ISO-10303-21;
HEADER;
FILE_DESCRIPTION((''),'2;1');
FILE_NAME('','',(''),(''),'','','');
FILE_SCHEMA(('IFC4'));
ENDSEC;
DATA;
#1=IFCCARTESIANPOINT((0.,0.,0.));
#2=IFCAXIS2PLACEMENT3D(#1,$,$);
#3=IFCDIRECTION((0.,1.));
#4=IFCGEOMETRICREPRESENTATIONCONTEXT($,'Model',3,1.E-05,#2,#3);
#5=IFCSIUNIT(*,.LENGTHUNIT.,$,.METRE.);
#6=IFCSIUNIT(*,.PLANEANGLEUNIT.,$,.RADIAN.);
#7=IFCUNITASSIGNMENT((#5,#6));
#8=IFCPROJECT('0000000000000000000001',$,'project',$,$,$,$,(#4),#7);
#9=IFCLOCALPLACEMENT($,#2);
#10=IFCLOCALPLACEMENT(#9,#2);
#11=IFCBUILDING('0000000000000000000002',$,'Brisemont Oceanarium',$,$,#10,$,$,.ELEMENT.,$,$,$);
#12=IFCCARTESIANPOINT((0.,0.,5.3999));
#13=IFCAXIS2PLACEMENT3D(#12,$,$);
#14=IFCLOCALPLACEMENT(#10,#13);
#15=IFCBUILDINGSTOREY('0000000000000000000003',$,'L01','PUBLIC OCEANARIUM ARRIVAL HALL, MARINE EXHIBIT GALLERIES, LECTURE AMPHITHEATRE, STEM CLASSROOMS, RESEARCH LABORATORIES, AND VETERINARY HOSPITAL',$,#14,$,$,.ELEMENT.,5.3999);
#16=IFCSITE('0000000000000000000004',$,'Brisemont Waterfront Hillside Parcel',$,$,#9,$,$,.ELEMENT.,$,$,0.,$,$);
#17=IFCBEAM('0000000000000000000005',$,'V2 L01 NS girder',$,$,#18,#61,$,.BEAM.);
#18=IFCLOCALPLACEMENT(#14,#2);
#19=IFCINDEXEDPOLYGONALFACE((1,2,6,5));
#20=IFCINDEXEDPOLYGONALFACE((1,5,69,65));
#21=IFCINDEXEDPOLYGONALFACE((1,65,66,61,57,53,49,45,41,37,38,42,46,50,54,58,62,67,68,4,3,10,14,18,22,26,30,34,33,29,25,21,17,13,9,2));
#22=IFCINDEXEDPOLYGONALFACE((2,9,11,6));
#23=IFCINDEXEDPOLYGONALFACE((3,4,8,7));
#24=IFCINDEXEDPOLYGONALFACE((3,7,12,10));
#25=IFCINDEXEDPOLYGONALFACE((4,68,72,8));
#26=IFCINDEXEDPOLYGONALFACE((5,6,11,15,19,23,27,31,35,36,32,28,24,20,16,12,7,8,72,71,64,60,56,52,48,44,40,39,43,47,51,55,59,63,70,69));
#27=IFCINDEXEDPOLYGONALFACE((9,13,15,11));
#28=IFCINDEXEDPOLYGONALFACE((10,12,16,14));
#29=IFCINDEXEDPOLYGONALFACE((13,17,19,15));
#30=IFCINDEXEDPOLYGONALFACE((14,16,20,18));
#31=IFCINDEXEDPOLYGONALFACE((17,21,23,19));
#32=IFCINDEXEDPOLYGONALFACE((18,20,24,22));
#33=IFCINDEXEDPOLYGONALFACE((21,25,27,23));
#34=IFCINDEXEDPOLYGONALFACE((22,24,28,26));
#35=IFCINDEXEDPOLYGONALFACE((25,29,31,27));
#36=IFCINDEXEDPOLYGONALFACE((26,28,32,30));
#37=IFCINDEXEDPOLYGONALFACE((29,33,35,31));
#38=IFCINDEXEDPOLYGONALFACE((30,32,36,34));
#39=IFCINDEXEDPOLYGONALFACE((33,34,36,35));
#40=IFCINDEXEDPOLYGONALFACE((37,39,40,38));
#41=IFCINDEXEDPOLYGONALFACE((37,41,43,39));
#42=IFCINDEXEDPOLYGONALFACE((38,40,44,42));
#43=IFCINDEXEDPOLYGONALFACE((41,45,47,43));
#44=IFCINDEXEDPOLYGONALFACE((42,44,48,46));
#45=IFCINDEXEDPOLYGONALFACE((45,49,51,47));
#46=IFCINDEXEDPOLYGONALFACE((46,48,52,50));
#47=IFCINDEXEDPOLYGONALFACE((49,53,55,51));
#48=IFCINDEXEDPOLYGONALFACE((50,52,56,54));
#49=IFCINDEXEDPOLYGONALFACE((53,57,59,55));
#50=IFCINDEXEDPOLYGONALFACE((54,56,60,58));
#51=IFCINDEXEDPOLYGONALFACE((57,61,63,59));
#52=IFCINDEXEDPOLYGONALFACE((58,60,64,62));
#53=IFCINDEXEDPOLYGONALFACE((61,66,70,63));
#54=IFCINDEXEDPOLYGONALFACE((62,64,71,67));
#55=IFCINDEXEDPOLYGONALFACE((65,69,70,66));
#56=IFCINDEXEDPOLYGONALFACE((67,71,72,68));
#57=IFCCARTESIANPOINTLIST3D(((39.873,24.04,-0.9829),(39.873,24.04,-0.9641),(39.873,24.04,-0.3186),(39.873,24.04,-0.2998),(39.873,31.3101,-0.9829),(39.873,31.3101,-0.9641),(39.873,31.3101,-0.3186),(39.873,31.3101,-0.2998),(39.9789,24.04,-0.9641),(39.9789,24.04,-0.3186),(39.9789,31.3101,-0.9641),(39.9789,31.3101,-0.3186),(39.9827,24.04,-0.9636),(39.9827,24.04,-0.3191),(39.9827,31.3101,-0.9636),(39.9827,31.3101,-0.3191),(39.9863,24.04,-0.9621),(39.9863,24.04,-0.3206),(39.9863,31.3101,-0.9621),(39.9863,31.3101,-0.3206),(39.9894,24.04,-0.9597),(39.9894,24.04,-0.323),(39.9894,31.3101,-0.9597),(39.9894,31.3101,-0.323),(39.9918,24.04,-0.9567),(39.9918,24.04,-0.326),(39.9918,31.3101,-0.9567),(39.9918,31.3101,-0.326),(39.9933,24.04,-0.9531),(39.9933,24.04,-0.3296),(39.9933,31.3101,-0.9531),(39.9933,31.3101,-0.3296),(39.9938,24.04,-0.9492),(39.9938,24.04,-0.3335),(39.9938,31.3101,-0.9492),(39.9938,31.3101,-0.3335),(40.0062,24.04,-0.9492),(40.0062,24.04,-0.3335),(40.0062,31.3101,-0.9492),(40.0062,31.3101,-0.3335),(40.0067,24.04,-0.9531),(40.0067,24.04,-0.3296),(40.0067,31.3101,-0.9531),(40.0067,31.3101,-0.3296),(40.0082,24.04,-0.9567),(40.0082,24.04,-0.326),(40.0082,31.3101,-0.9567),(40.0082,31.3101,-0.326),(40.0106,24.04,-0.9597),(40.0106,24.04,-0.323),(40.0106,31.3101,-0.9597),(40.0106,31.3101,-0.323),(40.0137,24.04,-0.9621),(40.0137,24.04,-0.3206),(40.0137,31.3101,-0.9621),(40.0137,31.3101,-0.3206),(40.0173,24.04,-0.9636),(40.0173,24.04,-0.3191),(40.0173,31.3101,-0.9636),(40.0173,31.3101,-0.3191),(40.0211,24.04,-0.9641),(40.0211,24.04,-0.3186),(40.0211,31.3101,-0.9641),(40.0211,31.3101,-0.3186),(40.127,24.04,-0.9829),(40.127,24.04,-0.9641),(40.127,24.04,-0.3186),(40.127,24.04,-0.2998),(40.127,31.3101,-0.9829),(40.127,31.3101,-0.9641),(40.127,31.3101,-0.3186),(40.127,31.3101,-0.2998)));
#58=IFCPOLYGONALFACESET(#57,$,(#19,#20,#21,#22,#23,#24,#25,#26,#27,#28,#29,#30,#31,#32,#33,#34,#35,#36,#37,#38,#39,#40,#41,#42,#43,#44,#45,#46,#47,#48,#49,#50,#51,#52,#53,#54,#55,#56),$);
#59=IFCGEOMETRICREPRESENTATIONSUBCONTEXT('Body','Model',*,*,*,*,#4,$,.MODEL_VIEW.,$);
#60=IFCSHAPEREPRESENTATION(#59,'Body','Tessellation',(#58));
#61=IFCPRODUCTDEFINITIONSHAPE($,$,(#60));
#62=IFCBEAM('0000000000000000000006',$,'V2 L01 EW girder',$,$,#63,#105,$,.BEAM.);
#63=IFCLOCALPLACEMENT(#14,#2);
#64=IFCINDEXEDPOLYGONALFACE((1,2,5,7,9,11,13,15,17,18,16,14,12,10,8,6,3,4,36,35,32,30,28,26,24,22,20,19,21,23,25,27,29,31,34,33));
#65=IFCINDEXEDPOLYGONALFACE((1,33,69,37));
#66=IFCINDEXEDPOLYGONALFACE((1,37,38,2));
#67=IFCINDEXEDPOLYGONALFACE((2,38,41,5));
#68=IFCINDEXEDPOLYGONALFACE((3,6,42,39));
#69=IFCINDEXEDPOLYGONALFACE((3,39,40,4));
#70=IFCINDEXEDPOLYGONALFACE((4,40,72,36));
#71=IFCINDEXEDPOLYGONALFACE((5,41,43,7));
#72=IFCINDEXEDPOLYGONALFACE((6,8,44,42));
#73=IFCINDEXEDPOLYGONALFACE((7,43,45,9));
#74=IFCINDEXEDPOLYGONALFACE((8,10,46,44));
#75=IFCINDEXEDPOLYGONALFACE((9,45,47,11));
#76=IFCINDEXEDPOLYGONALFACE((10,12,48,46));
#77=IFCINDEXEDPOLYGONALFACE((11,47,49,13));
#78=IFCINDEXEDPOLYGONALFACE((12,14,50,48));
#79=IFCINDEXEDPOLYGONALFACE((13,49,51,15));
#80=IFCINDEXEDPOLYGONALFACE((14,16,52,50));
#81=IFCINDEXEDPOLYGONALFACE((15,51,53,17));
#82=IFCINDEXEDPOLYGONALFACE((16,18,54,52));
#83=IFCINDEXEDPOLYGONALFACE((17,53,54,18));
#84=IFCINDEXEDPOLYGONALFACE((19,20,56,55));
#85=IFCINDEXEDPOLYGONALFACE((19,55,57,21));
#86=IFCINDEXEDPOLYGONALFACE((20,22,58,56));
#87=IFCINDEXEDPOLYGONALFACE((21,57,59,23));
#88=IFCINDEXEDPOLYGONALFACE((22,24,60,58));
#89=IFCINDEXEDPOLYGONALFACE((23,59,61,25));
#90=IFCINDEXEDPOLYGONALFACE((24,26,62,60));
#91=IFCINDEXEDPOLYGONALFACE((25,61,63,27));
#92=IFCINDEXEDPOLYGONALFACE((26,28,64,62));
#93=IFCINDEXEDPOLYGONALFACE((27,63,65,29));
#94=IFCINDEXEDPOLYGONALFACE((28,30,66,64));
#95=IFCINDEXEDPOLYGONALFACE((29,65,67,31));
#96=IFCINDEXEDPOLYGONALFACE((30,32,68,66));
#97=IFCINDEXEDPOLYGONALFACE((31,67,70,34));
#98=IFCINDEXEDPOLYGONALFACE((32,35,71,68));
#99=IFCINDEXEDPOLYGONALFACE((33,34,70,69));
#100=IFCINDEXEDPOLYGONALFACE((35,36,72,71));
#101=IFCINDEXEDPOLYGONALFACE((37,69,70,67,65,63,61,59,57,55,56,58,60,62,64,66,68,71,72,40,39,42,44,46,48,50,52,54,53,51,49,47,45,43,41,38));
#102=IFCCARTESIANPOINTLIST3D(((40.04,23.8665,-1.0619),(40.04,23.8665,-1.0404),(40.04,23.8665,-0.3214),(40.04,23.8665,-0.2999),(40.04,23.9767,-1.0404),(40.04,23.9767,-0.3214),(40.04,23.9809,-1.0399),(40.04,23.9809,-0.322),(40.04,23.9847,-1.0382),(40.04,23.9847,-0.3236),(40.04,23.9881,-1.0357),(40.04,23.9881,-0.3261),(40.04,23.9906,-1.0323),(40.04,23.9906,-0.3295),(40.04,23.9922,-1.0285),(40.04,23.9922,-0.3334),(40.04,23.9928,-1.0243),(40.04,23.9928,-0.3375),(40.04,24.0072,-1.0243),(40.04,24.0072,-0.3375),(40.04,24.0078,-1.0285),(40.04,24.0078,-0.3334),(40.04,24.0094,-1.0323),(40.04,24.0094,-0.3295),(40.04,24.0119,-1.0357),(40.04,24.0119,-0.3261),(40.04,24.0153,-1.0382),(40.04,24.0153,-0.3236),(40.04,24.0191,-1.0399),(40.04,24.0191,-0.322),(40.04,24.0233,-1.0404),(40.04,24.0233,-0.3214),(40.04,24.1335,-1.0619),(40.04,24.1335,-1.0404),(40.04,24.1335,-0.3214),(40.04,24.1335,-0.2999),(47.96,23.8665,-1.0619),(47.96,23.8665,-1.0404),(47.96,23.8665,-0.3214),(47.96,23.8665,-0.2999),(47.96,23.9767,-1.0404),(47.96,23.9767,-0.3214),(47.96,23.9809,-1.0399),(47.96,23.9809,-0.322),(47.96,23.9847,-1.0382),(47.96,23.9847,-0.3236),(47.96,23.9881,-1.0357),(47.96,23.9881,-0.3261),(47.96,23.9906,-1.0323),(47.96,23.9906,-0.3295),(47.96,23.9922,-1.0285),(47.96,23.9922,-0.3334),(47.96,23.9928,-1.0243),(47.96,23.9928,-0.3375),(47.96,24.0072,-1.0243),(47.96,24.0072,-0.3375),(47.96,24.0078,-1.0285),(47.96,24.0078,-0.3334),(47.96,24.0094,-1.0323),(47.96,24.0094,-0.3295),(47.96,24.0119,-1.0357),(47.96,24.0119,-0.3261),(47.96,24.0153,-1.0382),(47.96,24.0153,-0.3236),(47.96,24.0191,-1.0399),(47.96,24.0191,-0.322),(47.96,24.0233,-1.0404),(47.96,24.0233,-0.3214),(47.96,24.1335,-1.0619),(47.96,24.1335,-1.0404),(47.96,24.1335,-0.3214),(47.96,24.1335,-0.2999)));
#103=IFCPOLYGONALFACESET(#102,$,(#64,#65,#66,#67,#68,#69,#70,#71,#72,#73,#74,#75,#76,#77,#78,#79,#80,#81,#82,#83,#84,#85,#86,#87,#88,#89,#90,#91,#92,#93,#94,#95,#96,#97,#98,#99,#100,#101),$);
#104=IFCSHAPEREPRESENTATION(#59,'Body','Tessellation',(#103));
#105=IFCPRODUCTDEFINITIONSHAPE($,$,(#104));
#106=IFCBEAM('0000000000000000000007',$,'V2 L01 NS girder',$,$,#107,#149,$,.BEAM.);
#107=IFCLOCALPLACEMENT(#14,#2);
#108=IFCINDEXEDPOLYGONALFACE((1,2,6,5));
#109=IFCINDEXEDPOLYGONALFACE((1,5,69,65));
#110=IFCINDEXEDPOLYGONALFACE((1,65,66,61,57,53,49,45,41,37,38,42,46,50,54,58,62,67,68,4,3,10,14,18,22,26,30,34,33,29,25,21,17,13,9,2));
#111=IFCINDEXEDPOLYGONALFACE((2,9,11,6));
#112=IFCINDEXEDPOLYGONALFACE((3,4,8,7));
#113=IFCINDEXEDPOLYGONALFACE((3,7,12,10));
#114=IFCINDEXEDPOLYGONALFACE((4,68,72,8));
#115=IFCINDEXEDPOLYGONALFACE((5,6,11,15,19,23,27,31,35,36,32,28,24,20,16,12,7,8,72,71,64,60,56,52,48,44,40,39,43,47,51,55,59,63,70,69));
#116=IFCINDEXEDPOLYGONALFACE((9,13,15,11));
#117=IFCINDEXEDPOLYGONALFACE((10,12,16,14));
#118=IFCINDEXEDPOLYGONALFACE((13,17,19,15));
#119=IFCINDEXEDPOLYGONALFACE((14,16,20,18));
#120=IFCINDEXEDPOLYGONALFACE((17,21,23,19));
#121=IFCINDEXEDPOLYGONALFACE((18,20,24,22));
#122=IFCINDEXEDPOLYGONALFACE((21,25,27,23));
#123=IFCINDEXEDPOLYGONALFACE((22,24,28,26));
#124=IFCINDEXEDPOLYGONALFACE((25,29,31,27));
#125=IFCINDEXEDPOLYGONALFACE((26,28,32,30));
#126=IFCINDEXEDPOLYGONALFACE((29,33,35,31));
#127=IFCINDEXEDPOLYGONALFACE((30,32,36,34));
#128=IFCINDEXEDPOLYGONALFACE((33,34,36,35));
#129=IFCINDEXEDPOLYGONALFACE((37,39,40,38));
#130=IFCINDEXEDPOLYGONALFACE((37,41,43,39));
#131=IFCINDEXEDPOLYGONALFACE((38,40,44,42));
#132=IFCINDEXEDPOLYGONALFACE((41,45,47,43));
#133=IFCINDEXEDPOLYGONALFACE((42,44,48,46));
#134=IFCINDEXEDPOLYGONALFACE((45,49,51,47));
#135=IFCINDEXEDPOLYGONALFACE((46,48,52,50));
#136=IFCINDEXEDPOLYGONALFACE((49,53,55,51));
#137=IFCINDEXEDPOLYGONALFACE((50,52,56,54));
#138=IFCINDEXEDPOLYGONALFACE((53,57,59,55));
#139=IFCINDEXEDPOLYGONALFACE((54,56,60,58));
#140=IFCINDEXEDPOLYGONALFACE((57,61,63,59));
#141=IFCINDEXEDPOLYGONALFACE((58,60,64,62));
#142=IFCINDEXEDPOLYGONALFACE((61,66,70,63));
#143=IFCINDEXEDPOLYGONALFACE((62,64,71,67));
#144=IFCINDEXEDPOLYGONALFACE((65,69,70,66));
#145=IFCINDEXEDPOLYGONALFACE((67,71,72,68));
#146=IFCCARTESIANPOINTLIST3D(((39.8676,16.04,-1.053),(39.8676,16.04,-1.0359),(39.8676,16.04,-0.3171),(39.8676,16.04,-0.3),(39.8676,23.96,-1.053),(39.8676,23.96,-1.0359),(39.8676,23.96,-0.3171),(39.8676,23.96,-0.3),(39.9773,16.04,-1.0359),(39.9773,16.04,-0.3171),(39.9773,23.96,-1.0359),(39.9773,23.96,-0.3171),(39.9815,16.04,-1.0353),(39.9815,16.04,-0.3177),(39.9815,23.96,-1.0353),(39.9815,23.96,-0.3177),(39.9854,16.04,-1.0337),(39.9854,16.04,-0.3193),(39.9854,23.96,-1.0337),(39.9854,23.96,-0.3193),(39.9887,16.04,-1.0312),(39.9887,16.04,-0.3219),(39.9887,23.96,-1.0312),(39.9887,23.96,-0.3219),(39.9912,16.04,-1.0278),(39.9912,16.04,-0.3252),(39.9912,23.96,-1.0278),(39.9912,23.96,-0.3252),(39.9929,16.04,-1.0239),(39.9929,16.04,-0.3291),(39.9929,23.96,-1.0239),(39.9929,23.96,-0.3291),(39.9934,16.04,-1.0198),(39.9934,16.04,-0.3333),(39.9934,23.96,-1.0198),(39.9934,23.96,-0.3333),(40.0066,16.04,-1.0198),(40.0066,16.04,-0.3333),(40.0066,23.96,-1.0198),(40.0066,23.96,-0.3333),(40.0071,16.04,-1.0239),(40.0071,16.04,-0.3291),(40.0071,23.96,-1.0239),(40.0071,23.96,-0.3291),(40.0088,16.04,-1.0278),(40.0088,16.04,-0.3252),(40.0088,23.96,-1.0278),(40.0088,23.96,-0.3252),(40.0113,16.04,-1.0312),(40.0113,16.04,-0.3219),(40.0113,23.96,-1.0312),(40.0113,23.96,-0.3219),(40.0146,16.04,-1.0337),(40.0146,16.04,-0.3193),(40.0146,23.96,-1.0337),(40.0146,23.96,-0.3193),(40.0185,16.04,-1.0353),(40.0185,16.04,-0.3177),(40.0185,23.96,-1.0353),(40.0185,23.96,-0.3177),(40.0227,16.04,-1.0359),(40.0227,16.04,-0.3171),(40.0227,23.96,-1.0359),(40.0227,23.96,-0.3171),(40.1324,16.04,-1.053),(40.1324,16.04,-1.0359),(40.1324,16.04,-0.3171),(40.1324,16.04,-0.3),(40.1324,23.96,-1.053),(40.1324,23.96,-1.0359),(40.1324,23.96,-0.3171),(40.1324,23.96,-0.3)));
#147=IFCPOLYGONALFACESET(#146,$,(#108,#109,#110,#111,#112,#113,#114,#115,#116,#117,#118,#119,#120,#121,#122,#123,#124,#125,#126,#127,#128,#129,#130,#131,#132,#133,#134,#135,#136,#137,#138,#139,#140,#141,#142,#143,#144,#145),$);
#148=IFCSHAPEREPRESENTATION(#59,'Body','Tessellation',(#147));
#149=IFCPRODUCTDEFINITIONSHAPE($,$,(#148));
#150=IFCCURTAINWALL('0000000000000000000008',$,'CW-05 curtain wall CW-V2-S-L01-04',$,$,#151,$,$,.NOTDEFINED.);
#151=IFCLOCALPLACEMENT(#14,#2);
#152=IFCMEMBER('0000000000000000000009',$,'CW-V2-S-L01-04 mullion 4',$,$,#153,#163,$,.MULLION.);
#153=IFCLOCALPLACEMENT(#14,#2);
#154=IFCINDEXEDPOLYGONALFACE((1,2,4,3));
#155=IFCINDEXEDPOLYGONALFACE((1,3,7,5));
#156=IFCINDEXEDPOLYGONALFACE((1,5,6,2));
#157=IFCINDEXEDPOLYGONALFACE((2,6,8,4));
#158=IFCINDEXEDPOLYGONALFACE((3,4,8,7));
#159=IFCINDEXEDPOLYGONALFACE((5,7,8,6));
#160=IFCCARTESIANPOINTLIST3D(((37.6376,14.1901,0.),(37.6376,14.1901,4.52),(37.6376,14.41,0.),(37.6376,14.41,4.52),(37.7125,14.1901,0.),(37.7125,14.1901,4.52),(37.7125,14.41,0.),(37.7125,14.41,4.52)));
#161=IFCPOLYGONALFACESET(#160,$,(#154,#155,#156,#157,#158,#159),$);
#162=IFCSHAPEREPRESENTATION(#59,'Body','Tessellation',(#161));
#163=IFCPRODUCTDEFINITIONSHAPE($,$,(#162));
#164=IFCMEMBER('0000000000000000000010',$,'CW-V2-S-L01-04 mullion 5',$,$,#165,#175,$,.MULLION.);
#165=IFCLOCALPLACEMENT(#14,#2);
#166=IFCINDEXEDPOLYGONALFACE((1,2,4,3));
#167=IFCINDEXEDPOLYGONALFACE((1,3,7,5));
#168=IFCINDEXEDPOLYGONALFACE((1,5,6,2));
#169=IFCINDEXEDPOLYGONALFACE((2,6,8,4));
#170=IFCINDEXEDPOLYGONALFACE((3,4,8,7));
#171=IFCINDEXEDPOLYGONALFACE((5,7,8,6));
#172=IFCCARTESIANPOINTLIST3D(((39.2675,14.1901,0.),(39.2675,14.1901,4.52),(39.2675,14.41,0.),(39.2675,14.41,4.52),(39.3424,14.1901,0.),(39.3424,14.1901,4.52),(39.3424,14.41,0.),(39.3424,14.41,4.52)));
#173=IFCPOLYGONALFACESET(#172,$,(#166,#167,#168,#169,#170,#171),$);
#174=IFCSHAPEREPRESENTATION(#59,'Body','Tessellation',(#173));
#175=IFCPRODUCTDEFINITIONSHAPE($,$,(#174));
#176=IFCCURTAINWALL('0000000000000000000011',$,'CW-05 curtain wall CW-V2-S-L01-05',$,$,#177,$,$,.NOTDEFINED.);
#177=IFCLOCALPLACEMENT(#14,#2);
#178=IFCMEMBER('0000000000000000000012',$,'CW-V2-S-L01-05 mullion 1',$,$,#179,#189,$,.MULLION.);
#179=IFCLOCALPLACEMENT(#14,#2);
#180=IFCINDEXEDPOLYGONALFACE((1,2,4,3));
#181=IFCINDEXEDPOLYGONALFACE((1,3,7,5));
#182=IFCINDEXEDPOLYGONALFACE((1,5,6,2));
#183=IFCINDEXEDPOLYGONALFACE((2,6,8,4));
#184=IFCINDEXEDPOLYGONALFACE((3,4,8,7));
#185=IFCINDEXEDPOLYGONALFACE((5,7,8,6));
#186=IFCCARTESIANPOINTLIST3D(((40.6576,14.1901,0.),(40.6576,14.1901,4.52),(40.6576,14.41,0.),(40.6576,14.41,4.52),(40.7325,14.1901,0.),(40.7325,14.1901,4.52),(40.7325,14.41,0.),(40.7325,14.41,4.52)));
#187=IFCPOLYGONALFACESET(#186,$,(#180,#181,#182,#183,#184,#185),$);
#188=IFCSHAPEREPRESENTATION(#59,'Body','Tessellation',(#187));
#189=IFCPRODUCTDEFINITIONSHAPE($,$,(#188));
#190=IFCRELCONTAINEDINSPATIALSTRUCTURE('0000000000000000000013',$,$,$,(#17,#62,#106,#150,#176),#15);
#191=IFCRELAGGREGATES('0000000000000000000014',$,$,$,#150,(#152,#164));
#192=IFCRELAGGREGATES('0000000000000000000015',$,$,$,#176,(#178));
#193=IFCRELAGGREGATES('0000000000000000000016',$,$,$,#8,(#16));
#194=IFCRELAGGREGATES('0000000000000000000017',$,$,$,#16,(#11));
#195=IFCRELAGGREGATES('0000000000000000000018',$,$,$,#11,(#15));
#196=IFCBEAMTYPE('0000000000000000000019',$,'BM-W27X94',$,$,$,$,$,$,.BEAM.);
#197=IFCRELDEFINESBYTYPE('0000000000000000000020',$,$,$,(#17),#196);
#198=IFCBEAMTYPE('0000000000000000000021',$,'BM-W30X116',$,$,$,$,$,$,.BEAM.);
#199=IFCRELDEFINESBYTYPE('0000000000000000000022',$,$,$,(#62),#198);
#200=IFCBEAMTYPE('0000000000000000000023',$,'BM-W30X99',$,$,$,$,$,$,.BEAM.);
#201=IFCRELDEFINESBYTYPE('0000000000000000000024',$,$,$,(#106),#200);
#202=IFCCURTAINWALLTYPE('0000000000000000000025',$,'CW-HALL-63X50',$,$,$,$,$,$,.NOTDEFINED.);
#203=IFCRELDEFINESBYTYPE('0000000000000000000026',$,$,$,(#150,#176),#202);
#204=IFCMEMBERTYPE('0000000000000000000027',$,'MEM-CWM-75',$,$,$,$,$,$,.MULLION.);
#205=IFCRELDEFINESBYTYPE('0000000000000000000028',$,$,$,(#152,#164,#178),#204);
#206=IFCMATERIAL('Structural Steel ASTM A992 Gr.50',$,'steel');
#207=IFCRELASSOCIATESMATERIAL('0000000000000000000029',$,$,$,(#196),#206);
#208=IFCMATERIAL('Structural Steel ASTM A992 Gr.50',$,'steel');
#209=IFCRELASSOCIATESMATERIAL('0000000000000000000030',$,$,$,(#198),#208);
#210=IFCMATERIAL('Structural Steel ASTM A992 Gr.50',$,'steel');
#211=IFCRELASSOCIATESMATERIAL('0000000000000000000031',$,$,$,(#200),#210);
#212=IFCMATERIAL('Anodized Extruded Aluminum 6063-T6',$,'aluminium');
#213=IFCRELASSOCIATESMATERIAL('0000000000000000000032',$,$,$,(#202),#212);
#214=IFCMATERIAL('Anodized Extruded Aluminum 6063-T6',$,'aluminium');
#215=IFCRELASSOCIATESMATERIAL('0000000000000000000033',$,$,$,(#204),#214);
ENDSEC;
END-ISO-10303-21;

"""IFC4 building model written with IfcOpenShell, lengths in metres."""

from ifc_helpers import new_model, si_unit, direction, frame, origin, origin_2d, place, context, subcontext, project, spatial, rectangle, i_section, extrude, material, material_profile, profile_set, type_object, element, aggregate, save


model = new_model("IFC4")

# Units and contexts
model_context = context("Model", 3, precision=1e-05, world=origin(), true_north=direction((0.0, 1.0)))
body_context = subcontext(model_context, "Body", "Model", "MODEL_VIEW")
ifc_project = project(units=[si_unit("LENGTHUNIT", "METRE"), si_unit("PLANEANGLEUNIT", "RADIAN")], contexts=[model_context])

# Site, building, storey
site_placement = place(None, origin())
site = spatial("IfcSite", under=ifc_project, at=site_placement, Name="Brisemont Waterfront Hillside Parcel", CompositionType="ELEMENT", RefElevation=0.0)
building_placement = place(site_placement, origin())
building = spatial("IfcBuilding", under=site, at=building_placement, Name="Brisemont Oceanarium", CompositionType="ELEMENT")
storey_placement = place(building_placement, frame((0.0, 0.0, 5.3999)))
storey = spatial("IfcBuildingStorey", under=building, at=storey_placement, Name="L01", Description="PUBLIC OCEANARIUM ARRIVAL HALL, MARINE EXHIBIT GALLERIES, LECTURE AMPHITHEATRE, STEM CLASSROOMS, RESEARCH LABORATORIES, AND VETERINARY HOSPITAL", CompositionType="ELEMENT", Elevation=5.3999)

# Beams
ifc_material_1 = material(Name="Structural Steel ASTM A992 Gr.50", Category="steel")
ifc_material_profile_1 = material_profile(ifc_material_1, i_section(OverallWidth=0.2539, OverallDepth=0.6831, WebThickness=0.0125, FlangeThickness=0.0188, FilletRadius=0.0149, at=origin_2d()), Name="W27X94")
ifc_profile_set_1 = profile_set([ifc_material_profile_1], Name="Structural Steel ASTM A992 Gr.50")
beam_type_1 = type_object("IfcBeamType", Name="BM-W27X94", PredefinedType="BEAM", material=ifc_profile_set_1)
beam_1_placement = place(storey_placement, frame((40.0, 24.04, -0.6414), z_axis=(0.0, 1.0, 0.0), x_axis=(-1.0, 0.0, 0.0)))
element("IfcBeam", 1, at=beam_1_placement, inside=storey, type_object=beam_type_1, Name="V2 L01 NS girder", PredefinedType="BEAM", context=body_context, shape_type="SweptSolid", body=[
    extrude(i_section(OverallWidth=0.2539, OverallDepth=0.6831, WebThickness=0.0125, FlangeThickness=0.0188, FilletRadius=0.0149, at=origin_2d()), origin(), (0.0, 0.0, 1.0), 7.27),
])
ifc_material_2 = material(Name="Structural Steel ASTM A992 Gr.50", Category="steel")
ifc_material_profile_2 = material_profile(ifc_material_2, i_section(OverallWidth=0.2671, OverallDepth=0.762, WebThickness=0.0144, FlangeThickness=0.0215, FilletRadius=0.0161, at=origin_2d()), Name="W30X116")
ifc_profile_set_2 = profile_set([ifc_material_profile_2], Name="Structural Steel ASTM A992 Gr.50")
beam_type_2 = type_object("IfcBeamType", Name="BM-W30X116", PredefinedType="BEAM", material=ifc_profile_set_2)
beam_2_placement = place(storey_placement, frame((40.04, 24.0, -0.6809), z_axis=(1.0, 0.0, 0.0), x_axis=(0.0, 1.0, 0.0)))
element("IfcBeam", 2, at=beam_2_placement, inside=storey, type_object=beam_type_2, Name="V2 L01 EW girder", PredefinedType="BEAM", context=body_context, shape_type="SweptSolid", body=[
    extrude(i_section(OverallWidth=0.2671, OverallDepth=0.762, WebThickness=0.0144, FlangeThickness=0.0215, FilletRadius=0.0161, at=origin_2d()), origin(), (0.0, 0.0, 1.0), 7.9199),
])
ifc_material_3 = material(Name="Structural Steel ASTM A992 Gr.50", Category="steel")
ifc_material_profile_3 = material_profile(ifc_material_3, i_section(OverallWidth=0.2649, OverallDepth=0.7529, WebThickness=0.0132, FlangeThickness=0.0171, FilletRadius=0.0161, at=origin_2d()), Name="W30X99")
ifc_profile_set_3 = profile_set([ifc_material_profile_3], Name="Structural Steel ASTM A992 Gr.50")
beam_type_3 = type_object("IfcBeamType", Name="BM-W30X99", PredefinedType="BEAM", material=ifc_profile_set_3)
beam_3_placement = place(storey_placement, frame((40.0, 16.04, -0.6765), z_axis=(0.0, 1.0, 0.0), x_axis=(-1.0, 0.0, 0.0)))
element("IfcBeam", 3, at=beam_3_placement, inside=storey, type_object=beam_type_3, Name="V2 L01 NS girder", PredefinedType="BEAM", context=body_context, shape_type="SweptSolid", body=[
    extrude(i_section(OverallWidth=0.2649, OverallDepth=0.7529, WebThickness=0.0132, FlangeThickness=0.0171, FilletRadius=0.0161, at=origin_2d()), origin(), (0.0, 0.0, 1.0), 7.9199),
])

# Curtain walls, members
ifc_material_4 = material(Name="Anodized Extruded Aluminum 6063-T6", Category="aluminium")
curtain_wall_type = type_object("IfcCurtainWallType", Name="CW-HALL-63X50", PredefinedType="NOTDEFINED", material=ifc_material_4)
curtain_wall_1_placement = place(storey_placement, origin())
curtain_wall_1 = element("IfcCurtainWall", 4, at=curtain_wall_1_placement, inside=storey, type_object=curtain_wall_type, Name="CW-05 curtain wall CW-V2-S-L01-04", PredefinedType="NOTDEFINED")
ifc_material_5 = material(Name="Anodized Extruded Aluminum 6063-T6", Category="aluminium")
ifc_material_profile_4 = material_profile(ifc_material_5, rectangle(XDim=0.075, YDim=0.22, at=origin_2d()), Name="CWM-75X220")
ifc_profile_set_4 = profile_set([ifc_material_profile_4], Name="Anodized Extruded Aluminum 6063-T6")
member_type_1 = type_object("IfcMemberType", Name="MEM-CWM-75", PredefinedType="MULLION", material=ifc_profile_set_4)
member_1_placement = place(storey_placement, frame((37.675, 14.3, 0.0), z_axis=(0.0, 0.0, 1.0), x_axis=(1.0, 0.0, 0.0)))
member_1 = element("IfcMember", 5, at=member_1_placement, type_object=member_type_1, Name="CW-V2-S-L01-04 mullion 4", PredefinedType="MULLION", context=body_context, shape_type="SweptSolid", body=[
    extrude(rectangle(XDim=0.075, YDim=0.22, at=origin_2d()), origin(), (0.0, 0.0, 1.0), 4.52),
])
member_2_placement = place(storey_placement, frame((39.3049, 14.3, 0.0), z_axis=(0.0, 0.0, 1.0), x_axis=(1.0, 0.0, 0.0)))
member_2 = element("IfcMember", 6, at=member_2_placement, type_object=member_type_1, Name="CW-V2-S-L01-04 mullion 5", PredefinedType="MULLION", context=body_context, shape_type="SweptSolid", body=[
    extrude(rectangle(XDim=0.075, YDim=0.22, at=origin_2d()), origin(), (0.0, 0.0, 1.0), 4.52),
])
curtain_wall_2_placement = place(storey_placement, origin())
curtain_wall_2 = element("IfcCurtainWall", 7, at=curtain_wall_2_placement, inside=storey, type_object=curtain_wall_type, Name="CW-05 curtain wall CW-V2-S-L01-05", PredefinedType="NOTDEFINED")
member_3_placement = place(storey_placement, frame((40.6951, 14.3, 0.0), z_axis=(0.0, 0.0, 1.0), x_axis=(1.0, 0.0, 0.0)))
member_3 = element("IfcMember", 8, at=member_3_placement, type_object=member_type_1, Name="CW-V2-S-L01-05 mullion 1", PredefinedType="MULLION", context=body_context, shape_type="SweptSolid", body=[
    extrude(rectangle(XDim=0.075, YDim=0.22, at=origin_2d()), origin(), (0.0, 0.0, 1.0), 4.52),
])

aggregate(curtain_wall_1, [member_1, member_2])
aggregate(curtain_wall_2, [member_3])

save(model, "model.ifc")
